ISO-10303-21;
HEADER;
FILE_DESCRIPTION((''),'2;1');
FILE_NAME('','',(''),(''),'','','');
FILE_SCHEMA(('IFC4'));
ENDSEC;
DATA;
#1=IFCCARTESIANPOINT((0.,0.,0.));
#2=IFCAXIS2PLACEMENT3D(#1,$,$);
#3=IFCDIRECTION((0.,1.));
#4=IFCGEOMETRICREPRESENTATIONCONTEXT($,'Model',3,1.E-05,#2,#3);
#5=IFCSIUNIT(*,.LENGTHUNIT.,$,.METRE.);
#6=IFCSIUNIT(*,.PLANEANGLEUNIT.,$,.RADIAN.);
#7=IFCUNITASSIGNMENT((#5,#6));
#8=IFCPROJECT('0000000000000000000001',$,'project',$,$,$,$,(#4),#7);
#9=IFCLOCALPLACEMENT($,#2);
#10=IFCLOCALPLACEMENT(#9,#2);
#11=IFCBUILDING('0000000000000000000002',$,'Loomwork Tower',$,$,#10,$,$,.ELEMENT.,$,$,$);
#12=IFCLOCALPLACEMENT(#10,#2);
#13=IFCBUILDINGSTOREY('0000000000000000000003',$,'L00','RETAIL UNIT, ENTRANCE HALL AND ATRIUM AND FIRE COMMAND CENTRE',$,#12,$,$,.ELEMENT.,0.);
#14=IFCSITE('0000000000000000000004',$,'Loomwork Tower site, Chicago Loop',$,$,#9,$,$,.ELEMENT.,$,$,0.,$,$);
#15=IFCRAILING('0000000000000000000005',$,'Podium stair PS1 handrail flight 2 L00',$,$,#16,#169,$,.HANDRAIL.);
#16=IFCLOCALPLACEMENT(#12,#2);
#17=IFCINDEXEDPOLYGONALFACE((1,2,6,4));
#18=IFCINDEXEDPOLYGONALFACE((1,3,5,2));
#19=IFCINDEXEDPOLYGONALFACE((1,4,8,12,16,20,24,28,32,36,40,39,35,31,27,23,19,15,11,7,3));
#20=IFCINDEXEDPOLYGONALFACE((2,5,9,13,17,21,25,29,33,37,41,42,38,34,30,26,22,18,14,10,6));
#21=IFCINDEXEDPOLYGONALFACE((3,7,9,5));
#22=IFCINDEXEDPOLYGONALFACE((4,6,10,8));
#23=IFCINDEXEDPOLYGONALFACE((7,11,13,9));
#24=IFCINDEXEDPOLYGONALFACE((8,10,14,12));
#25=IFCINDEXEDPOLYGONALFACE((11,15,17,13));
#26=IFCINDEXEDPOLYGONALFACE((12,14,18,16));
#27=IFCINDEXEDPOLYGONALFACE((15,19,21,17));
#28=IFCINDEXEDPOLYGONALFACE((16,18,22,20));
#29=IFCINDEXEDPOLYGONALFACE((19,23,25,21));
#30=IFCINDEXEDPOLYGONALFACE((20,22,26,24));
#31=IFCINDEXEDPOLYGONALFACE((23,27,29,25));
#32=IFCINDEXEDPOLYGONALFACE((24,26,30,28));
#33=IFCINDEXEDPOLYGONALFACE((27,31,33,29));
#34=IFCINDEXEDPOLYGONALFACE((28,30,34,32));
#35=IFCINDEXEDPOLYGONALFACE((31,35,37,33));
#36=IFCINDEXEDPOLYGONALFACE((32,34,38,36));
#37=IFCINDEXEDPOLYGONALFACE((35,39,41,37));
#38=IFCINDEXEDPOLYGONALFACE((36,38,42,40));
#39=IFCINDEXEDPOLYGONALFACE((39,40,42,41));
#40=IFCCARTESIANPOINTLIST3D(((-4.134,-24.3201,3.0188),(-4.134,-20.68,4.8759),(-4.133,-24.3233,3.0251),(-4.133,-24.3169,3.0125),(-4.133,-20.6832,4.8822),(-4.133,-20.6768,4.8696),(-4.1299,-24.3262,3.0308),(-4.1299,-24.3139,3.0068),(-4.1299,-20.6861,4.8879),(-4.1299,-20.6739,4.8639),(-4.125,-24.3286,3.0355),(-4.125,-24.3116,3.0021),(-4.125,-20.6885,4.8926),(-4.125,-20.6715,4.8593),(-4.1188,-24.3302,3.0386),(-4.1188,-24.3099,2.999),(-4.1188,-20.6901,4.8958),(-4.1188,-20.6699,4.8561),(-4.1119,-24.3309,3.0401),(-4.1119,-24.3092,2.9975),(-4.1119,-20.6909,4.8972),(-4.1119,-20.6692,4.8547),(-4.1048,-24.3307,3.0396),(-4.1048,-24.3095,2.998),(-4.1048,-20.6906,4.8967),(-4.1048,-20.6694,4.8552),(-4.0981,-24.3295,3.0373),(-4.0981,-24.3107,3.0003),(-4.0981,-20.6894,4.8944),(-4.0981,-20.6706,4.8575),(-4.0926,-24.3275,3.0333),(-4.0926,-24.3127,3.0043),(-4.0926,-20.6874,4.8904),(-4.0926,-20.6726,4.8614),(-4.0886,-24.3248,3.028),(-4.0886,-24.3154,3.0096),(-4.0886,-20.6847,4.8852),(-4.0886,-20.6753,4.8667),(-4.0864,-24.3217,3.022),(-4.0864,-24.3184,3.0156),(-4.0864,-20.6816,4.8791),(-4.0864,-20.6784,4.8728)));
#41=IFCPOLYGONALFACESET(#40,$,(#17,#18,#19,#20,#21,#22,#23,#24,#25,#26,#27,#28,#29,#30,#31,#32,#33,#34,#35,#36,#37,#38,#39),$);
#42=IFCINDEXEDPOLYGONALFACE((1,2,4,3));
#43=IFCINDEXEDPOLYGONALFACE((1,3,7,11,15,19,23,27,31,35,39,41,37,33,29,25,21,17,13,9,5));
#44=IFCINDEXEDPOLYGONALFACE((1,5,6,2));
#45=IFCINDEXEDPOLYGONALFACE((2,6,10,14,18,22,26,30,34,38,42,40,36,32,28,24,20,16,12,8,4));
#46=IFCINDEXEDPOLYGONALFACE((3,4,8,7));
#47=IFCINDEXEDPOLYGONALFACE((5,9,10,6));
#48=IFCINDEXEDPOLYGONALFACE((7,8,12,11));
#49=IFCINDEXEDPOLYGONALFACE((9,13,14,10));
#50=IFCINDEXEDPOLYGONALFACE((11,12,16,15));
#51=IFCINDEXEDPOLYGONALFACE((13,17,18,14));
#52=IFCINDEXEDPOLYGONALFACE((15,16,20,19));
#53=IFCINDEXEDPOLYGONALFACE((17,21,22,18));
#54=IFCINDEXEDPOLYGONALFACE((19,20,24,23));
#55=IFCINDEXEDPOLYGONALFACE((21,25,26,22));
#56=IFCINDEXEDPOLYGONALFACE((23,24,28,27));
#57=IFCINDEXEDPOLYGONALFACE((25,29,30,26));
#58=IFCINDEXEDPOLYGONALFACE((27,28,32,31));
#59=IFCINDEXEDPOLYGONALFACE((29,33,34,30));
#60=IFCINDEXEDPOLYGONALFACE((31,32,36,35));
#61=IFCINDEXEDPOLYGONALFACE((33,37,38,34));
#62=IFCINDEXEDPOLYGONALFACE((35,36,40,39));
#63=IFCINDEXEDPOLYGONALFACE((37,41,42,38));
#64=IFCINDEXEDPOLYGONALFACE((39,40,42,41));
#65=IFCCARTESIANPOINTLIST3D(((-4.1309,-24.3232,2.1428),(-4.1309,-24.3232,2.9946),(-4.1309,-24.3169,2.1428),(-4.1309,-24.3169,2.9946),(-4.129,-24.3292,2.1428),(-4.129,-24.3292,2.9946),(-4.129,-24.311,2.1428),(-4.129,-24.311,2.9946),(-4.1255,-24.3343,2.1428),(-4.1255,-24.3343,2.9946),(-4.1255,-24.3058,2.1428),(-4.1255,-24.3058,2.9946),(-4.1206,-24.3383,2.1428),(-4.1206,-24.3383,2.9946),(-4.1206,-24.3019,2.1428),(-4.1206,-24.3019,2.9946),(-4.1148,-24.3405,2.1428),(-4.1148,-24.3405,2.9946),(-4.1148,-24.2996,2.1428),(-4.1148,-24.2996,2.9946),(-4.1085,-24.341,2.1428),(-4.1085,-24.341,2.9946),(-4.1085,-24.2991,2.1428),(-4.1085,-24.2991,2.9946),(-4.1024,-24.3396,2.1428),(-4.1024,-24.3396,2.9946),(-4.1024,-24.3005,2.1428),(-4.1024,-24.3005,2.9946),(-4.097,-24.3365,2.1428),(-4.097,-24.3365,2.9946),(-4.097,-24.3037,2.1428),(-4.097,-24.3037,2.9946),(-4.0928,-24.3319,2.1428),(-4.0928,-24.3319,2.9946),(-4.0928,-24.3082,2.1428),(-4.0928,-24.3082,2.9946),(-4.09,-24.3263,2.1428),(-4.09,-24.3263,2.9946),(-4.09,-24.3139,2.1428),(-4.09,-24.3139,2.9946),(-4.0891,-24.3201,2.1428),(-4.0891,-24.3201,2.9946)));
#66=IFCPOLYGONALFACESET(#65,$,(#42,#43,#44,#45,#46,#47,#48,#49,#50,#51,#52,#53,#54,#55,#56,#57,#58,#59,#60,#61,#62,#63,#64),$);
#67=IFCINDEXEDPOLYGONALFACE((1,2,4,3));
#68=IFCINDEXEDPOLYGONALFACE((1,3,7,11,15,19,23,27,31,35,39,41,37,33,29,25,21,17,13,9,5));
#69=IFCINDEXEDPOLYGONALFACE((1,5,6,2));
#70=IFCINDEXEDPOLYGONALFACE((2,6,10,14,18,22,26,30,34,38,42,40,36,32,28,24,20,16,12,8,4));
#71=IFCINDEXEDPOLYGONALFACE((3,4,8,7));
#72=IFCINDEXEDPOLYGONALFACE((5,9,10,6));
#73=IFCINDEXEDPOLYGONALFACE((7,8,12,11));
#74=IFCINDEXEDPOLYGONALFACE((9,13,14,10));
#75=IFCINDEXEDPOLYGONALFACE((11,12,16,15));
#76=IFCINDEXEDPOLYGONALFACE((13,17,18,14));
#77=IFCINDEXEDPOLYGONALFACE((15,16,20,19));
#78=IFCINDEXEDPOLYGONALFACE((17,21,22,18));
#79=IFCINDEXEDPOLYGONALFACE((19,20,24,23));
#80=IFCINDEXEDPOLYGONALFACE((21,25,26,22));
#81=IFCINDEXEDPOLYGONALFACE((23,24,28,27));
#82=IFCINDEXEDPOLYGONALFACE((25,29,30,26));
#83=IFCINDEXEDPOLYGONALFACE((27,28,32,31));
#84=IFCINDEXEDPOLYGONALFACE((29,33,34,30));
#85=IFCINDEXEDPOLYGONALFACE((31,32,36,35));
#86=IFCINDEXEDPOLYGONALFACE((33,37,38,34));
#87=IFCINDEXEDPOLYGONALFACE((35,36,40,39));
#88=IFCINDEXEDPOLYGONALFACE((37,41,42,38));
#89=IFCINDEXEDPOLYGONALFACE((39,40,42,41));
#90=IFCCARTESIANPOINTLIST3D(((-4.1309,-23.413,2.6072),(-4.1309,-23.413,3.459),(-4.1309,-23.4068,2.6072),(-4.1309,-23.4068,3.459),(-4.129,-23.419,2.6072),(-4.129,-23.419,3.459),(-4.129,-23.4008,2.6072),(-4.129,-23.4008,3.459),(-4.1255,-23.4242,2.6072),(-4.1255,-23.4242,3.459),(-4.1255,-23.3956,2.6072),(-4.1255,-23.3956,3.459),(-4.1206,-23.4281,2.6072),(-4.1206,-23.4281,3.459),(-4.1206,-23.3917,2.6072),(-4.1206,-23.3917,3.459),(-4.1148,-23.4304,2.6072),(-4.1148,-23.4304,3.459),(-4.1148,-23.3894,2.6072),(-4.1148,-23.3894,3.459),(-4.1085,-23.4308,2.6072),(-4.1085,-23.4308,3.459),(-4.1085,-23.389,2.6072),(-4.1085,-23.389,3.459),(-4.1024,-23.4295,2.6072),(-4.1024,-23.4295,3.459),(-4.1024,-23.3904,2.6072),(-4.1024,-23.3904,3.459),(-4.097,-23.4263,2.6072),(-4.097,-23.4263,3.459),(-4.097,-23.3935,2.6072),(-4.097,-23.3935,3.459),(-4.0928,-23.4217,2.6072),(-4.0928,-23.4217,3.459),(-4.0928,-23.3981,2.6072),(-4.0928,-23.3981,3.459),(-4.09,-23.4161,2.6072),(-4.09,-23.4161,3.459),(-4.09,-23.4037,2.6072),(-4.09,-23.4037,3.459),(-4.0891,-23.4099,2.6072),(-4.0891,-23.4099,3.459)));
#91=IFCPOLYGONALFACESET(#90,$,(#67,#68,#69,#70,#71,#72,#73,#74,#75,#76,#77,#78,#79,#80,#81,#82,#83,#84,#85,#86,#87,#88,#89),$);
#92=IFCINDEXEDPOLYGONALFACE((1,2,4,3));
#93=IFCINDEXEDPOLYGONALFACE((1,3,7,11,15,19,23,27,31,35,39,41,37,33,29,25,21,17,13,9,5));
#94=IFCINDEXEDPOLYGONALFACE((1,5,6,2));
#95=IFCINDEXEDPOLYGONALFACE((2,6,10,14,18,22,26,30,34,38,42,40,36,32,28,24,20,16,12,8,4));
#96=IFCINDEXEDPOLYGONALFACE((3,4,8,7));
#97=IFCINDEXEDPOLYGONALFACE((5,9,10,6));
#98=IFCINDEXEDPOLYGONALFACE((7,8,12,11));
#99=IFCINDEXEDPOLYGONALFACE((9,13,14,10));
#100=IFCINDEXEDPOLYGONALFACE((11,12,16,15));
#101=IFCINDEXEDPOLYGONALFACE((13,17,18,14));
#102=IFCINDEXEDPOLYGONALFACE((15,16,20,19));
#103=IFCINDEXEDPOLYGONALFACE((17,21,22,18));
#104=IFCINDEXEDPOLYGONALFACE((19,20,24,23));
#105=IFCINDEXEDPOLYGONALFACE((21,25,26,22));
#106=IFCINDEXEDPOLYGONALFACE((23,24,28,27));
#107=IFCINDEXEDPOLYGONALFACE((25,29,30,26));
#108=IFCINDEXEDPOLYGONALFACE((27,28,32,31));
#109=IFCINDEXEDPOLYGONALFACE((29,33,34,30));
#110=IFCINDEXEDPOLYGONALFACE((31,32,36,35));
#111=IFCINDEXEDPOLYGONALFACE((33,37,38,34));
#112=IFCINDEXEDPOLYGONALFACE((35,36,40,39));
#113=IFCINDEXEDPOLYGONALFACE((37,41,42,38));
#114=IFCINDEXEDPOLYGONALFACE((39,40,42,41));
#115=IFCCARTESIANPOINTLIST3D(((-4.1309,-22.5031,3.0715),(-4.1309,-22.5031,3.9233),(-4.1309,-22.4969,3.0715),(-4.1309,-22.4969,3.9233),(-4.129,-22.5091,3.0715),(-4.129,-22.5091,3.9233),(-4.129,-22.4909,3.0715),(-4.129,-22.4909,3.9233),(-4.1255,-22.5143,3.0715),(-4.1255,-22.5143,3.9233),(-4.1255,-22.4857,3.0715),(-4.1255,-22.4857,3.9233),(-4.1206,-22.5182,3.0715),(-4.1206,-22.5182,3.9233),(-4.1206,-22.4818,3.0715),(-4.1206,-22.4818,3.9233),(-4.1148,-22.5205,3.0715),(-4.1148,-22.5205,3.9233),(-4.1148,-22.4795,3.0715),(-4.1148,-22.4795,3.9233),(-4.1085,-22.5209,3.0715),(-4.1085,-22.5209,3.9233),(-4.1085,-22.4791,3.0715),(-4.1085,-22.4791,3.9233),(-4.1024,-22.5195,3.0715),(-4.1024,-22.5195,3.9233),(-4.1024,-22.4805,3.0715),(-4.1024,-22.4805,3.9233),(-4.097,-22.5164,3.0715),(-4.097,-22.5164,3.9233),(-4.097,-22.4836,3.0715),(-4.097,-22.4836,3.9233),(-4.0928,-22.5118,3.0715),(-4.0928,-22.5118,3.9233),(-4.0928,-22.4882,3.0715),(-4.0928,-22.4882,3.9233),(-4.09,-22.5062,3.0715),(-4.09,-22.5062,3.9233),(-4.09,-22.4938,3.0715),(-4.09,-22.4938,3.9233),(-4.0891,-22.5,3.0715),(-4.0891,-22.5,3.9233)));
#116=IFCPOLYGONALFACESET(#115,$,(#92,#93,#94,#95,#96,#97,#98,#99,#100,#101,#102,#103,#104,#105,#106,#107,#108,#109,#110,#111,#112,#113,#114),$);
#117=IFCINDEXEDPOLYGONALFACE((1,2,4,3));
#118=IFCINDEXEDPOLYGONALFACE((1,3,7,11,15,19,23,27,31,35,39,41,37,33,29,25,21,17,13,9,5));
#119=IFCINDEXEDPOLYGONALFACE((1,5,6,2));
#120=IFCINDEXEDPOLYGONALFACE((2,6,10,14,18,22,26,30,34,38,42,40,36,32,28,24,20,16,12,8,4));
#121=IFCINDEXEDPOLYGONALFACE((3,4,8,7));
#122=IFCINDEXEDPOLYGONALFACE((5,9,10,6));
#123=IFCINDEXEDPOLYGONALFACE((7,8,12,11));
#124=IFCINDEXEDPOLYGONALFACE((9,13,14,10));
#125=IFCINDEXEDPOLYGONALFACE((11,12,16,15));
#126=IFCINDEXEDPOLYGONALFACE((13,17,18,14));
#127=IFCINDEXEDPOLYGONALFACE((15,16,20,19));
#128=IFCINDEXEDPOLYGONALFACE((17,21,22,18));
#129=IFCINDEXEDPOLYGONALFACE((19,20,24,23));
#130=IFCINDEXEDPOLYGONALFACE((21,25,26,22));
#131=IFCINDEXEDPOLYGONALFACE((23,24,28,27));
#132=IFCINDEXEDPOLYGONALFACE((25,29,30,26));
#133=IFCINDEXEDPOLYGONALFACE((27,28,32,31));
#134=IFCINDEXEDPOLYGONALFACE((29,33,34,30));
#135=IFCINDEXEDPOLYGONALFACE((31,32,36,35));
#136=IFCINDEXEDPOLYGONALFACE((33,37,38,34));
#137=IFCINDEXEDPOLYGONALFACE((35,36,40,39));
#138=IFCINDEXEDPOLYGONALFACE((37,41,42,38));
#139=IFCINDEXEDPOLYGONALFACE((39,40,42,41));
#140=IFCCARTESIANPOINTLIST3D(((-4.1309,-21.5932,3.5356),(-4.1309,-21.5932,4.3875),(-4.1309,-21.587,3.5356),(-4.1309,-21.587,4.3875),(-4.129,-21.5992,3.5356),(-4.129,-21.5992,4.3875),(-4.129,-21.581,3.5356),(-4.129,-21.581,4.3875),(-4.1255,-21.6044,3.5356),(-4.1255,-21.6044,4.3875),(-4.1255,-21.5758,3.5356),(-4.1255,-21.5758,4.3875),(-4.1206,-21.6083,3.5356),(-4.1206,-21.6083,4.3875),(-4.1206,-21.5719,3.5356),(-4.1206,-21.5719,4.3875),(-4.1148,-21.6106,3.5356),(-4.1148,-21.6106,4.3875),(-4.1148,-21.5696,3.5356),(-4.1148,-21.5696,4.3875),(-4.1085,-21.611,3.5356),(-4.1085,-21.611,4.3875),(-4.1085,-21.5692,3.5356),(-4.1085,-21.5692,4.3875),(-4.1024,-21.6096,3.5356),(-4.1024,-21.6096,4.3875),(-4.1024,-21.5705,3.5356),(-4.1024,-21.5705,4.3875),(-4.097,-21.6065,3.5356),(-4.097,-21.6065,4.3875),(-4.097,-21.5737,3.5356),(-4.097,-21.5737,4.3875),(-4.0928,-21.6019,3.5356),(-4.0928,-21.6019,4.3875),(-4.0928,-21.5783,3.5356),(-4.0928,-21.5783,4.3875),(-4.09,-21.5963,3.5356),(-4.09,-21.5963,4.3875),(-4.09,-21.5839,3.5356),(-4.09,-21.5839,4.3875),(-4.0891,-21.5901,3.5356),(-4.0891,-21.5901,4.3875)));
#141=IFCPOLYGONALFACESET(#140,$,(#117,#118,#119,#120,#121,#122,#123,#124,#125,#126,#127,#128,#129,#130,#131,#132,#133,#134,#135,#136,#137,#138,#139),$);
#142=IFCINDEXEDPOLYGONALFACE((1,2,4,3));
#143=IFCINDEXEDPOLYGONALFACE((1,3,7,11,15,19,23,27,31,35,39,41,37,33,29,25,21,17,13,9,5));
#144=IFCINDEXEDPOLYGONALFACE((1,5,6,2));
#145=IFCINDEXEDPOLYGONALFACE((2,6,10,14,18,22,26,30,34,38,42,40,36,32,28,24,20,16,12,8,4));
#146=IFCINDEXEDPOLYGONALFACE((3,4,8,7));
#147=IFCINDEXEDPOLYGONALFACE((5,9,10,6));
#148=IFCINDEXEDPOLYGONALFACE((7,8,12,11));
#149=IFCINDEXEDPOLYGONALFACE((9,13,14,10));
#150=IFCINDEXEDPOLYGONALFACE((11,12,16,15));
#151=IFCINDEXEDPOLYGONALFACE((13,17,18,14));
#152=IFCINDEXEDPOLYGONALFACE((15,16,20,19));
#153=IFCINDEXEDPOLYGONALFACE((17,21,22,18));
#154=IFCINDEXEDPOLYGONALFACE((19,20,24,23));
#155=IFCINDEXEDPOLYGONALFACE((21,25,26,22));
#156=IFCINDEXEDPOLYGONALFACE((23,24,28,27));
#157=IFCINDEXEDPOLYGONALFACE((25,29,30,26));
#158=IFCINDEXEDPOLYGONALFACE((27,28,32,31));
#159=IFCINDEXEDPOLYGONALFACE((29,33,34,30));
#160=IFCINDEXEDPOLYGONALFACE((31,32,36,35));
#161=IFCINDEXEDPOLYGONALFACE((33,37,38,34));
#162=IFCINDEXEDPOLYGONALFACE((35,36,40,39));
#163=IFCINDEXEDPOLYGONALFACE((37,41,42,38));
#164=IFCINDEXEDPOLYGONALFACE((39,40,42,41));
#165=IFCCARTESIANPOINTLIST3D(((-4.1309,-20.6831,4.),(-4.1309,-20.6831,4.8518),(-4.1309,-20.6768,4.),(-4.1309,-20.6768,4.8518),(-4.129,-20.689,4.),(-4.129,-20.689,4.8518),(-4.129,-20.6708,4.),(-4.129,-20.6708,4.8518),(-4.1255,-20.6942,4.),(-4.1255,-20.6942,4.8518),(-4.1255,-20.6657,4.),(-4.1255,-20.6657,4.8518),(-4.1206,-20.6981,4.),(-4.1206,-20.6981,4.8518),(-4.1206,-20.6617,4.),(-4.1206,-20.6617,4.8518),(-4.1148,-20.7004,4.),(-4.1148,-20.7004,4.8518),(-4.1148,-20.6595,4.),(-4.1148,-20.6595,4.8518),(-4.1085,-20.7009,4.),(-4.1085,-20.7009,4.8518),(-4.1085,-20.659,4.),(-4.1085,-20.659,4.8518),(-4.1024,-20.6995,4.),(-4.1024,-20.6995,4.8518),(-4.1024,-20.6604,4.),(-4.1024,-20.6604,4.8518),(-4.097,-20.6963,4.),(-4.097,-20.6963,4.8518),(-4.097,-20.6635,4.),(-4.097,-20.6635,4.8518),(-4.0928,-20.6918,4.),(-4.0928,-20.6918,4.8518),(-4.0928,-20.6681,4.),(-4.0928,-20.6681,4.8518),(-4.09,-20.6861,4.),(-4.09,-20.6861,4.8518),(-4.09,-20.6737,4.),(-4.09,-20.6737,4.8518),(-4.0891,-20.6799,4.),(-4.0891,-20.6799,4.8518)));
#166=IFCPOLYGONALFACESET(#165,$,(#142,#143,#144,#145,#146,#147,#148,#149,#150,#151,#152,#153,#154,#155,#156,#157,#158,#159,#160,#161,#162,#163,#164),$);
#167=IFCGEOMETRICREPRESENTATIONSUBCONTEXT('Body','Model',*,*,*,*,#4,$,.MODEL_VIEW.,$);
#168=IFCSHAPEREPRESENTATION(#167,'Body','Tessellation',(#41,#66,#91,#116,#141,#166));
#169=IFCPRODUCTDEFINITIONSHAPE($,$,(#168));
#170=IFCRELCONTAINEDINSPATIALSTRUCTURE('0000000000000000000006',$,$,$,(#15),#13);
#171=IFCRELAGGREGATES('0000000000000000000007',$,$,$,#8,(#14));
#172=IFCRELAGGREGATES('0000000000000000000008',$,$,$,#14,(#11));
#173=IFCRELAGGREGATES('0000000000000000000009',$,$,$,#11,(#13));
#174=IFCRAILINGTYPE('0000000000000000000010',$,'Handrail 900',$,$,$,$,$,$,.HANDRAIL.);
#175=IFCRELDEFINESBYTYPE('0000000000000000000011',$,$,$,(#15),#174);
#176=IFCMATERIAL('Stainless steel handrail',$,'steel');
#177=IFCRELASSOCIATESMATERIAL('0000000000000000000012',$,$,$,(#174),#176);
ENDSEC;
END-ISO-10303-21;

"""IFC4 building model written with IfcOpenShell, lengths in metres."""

from ifc_helpers import new_model, si_unit, direction, frame, origin, origin_2d, place, context, subcontext, project, spatial, circle, extrude, material, type_object, element, save


model = new_model("IFC4")

# Units and contexts
model_context = context("Model", 3, precision=1e-05, world=origin(), true_north=direction((0.0, 1.0)))
body_context = subcontext(model_context, "Body", "Model", "MODEL_VIEW")
ifc_project = project(units=[si_unit("LENGTHUNIT", "METRE"), si_unit("PLANEANGLEUNIT", "RADIAN")], contexts=[model_context])

# Site, building, storey
site_placement = place(None, origin())
site = spatial("IfcSite", under=ifc_project, at=site_placement, Name="Loomwork Tower site, Chicago Loop", CompositionType="ELEMENT", RefElevation=0.0)
building_placement = place(site_placement, origin())
building = spatial("IfcBuilding", under=site, at=building_placement, Name="Loomwork Tower", CompositionType="ELEMENT")
storey_placement = place(building_placement, origin())
storey = spatial("IfcBuildingStorey", under=building, at=storey_placement, Name="L00", Description="RETAIL UNIT, ENTRANCE HALL AND ATRIUM AND FIRE COMMAND CENTRE", CompositionType="ELEMENT", Elevation=0.0)

# Railing
ifc_material_1 = material(Name="Stainless steel handrail", Category="steel")
railing_type = type_object("IfcRailingType", Name="Handrail 900", PredefinedType="HANDRAIL", material=ifc_material_1)
railing_1_placement = place(storey_placement, frame((-4.1101, -24.3201, 2.1428)))
element("IfcRailing", 1, at=railing_1_placement, inside=storey, type_object=railing_type, Name="Podium stair PS1 handrail flight 2 L00", PredefinedType="HANDRAIL", context=body_context, shape_type="SweptSolid", body=[
    extrude(circle(Radius=0.0239, at=origin_2d()), frame((0.0, 0.0, 0.876), z_axis=(0.0, 0.890765, 0.454464), x_axis=(-1.0, 0.0, 0.0)), (0.0, 0.0, 1.0), 4.0864),
    extrude(circle(Radius=0.021, at=origin_2d()), origin(), (0.0, 0.0, 1.0), 0.8518),
    extrude(circle(Radius=0.021, at=origin_2d()), frame((0.0, 0.9102, 0.4644)), (0.0, 0.0, 1.0), 0.8518),
    extrude(circle(Radius=0.021, at=origin_2d()), frame((0.0, 1.8201, 0.9287)), (0.0, 0.0, 1.0), 0.8518),
    extrude(circle(Radius=0.021, at=origin_2d()), frame((0.0, 2.73, 1.3928)), (0.0, 0.0, 1.0), 0.8518),
    extrude(circle(Radius=0.021, at=origin_2d()), frame((0.0, 3.6401, 1.8572)), (0.0, 0.0, 1.0), 0.8518),
])

save(model, "model.ifc")
